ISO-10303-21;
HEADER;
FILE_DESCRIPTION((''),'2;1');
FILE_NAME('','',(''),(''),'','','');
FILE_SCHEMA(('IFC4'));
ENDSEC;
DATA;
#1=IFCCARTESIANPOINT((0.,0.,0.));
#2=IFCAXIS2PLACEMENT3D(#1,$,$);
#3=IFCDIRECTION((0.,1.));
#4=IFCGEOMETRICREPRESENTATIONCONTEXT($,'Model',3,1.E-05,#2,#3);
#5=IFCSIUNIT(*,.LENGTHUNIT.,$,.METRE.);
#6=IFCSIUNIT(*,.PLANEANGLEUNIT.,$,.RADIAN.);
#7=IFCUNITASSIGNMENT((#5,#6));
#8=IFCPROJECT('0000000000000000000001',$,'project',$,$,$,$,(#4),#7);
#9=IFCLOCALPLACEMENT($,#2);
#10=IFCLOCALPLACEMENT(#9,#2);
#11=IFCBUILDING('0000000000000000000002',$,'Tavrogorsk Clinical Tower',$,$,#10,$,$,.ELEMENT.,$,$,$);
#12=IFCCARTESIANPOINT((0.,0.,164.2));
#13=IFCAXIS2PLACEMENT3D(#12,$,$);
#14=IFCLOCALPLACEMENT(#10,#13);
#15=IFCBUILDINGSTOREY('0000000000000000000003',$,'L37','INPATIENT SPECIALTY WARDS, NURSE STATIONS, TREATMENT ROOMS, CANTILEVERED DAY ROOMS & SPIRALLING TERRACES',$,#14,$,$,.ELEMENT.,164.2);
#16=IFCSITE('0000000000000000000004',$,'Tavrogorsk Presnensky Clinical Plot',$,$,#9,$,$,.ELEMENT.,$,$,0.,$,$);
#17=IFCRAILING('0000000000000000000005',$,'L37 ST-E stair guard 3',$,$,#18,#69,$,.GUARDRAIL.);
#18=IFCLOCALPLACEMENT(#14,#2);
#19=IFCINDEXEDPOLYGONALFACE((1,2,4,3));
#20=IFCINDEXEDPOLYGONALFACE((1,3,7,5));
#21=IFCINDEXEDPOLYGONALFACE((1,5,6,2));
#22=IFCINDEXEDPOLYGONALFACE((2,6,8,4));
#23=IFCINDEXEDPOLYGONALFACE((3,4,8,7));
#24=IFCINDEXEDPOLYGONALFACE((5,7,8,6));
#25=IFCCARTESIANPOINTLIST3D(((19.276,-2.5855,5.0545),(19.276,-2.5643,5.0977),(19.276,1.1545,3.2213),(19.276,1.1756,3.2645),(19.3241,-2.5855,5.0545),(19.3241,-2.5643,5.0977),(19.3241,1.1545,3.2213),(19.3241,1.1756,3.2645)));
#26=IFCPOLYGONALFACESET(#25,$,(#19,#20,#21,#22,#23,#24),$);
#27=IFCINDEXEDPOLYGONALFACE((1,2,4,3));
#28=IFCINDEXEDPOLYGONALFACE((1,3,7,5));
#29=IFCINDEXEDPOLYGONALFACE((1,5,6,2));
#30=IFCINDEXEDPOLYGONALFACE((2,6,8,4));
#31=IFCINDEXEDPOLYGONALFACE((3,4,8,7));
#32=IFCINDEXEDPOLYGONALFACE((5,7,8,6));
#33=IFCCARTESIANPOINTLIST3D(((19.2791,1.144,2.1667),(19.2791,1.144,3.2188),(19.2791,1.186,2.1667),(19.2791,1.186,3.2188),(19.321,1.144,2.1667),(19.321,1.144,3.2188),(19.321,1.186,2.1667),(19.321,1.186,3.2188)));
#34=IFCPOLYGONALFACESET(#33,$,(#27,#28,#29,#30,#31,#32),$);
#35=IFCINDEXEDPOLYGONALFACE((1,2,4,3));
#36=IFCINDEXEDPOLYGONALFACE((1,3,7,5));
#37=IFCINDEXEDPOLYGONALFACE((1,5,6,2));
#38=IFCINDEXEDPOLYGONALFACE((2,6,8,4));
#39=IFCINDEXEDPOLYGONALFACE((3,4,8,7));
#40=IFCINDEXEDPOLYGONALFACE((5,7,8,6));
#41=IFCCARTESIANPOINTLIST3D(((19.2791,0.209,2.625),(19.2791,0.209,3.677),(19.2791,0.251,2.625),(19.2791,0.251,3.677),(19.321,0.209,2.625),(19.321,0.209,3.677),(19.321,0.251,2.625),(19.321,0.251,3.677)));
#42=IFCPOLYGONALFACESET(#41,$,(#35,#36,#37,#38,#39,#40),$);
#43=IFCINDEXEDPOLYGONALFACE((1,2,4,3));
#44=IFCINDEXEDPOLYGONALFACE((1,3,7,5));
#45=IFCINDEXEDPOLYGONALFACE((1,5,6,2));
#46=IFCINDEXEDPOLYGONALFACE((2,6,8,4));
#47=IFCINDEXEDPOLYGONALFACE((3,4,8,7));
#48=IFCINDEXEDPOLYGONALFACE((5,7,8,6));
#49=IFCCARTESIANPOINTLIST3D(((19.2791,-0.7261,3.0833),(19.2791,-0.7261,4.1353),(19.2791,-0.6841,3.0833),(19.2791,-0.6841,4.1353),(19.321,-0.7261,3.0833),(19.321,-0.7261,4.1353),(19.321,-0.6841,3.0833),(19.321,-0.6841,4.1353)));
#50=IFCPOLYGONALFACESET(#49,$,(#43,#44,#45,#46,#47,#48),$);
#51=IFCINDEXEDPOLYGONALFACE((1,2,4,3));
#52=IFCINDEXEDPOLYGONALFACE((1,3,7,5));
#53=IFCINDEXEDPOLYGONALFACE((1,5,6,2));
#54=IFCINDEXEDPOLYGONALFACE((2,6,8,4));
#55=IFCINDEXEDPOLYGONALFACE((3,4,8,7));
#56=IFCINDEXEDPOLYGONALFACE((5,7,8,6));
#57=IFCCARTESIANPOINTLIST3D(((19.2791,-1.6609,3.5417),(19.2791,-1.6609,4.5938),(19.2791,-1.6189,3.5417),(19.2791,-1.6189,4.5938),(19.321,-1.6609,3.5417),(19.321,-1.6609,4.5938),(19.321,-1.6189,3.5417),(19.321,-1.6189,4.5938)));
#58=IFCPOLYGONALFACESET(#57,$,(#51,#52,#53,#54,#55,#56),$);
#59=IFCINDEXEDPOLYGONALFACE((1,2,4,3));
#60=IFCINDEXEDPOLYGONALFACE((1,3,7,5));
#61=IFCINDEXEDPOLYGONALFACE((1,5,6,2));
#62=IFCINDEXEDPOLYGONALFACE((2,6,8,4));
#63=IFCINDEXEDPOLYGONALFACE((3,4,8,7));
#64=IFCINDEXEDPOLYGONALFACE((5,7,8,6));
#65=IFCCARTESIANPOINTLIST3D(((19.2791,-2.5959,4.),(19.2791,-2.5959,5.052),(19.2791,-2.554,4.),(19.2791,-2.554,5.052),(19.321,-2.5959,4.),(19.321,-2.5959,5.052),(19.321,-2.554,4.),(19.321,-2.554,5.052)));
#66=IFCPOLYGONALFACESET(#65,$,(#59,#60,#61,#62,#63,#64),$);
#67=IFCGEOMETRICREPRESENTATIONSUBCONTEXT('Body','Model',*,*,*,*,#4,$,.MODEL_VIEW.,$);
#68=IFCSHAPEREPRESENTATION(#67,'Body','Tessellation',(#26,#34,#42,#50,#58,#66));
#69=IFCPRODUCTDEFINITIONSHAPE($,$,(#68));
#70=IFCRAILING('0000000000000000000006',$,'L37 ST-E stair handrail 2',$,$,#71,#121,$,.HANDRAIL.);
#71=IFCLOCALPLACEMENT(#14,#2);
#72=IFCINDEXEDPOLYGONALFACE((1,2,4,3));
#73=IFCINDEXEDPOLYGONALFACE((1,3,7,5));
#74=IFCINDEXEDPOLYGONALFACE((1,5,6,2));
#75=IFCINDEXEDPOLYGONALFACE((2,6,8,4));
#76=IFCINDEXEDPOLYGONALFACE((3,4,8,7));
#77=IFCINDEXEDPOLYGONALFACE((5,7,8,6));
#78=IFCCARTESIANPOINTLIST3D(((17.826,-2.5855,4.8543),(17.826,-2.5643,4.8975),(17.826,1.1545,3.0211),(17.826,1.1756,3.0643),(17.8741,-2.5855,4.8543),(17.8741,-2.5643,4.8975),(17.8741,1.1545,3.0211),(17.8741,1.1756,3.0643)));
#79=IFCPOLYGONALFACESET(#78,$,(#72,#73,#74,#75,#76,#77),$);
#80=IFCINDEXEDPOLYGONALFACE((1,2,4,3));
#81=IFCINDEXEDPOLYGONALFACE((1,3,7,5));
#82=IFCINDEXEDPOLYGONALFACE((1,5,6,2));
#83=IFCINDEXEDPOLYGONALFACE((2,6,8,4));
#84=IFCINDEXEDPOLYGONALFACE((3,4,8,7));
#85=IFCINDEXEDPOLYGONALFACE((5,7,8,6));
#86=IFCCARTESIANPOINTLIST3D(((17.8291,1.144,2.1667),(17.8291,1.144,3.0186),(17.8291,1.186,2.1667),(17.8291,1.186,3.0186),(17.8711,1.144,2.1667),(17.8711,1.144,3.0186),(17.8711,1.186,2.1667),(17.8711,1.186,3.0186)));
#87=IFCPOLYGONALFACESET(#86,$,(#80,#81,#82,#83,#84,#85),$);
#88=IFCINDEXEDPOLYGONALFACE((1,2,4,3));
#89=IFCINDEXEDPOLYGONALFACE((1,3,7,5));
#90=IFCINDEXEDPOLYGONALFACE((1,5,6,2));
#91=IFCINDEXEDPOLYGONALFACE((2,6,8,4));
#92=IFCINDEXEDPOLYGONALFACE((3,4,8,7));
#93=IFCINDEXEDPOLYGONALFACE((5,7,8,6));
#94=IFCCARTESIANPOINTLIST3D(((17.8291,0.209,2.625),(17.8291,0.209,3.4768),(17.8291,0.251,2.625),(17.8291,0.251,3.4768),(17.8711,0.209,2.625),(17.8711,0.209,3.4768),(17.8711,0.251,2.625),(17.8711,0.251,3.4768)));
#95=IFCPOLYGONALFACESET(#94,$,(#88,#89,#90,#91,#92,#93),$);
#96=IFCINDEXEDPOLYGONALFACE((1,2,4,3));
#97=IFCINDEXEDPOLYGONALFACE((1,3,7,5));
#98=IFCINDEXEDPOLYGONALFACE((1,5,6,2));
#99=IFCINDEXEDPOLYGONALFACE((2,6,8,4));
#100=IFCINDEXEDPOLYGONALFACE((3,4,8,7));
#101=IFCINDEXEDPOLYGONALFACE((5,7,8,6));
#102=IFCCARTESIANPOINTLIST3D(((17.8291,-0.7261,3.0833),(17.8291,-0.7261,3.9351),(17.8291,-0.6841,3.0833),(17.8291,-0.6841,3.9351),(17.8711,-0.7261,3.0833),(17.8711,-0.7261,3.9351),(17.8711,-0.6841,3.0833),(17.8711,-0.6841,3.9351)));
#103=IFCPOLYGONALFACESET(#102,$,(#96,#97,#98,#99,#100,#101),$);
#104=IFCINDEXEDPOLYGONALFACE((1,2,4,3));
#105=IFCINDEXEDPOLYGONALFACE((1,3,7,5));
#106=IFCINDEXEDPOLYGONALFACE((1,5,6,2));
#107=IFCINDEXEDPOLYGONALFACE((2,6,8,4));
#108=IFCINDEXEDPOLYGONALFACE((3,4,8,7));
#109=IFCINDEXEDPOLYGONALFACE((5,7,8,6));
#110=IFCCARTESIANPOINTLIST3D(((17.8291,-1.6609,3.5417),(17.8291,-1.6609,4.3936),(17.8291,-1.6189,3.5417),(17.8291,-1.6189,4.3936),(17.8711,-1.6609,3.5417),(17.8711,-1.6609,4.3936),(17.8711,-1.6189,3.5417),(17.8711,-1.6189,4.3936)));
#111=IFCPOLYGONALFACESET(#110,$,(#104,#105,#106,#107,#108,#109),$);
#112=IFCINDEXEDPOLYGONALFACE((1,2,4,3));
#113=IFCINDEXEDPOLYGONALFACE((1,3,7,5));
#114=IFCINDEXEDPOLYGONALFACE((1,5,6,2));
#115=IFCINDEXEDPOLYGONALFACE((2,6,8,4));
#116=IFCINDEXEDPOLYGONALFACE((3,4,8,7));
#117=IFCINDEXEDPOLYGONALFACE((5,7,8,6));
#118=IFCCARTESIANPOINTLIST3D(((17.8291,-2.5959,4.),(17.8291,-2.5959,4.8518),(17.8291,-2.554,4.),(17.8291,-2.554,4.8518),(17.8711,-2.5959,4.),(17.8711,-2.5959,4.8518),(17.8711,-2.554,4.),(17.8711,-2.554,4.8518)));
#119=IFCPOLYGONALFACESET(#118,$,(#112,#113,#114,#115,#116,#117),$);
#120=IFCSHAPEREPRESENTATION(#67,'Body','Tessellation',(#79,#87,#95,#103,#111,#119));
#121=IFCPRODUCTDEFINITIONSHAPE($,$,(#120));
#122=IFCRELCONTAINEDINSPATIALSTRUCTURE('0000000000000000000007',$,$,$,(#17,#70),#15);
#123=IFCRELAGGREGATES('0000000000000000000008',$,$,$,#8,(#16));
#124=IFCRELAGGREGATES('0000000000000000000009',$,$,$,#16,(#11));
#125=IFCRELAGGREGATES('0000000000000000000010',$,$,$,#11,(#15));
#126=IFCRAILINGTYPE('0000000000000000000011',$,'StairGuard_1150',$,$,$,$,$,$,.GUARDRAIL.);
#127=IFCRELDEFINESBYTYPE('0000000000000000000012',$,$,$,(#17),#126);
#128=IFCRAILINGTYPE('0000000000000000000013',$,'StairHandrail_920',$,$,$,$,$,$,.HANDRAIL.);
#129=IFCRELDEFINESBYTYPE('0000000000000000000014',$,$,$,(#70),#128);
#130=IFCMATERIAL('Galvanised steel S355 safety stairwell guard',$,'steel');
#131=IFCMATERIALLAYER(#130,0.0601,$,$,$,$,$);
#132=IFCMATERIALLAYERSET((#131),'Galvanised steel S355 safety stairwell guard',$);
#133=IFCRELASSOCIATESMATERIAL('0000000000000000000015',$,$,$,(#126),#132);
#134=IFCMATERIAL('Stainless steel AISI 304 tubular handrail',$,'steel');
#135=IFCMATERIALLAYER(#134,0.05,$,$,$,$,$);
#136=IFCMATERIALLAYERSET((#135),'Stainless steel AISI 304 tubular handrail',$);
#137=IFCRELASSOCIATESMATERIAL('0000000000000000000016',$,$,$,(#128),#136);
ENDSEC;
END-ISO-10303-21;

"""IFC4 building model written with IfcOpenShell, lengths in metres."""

from ifc_helpers import new_model, si_unit, direction, frame, origin, origin_2d, place, context, subcontext, project, spatial, rectangle, extrude, material, layer, layer_set, type_object, element, save


model = new_model("IFC4")

# Units and contexts
model_context = context("Model", 3, precision=1e-05, world=origin(), true_north=direction((0.0, 1.0)))
body_context = subcontext(model_context, "Body", "Model", "MODEL_VIEW")
ifc_project = project(units=[si_unit("LENGTHUNIT", "METRE"), si_unit("PLANEANGLEUNIT", "RADIAN")], contexts=[model_context])

# Site, building, storey
site_placement = place(None, origin())
site = spatial("IfcSite", under=ifc_project, at=site_placement, Name="Tavrogorsk Presnensky Clinical Plot", CompositionType="ELEMENT", RefElevation=0.0)
building_placement = place(site_placement, origin())
building = spatial("IfcBuilding", under=site, at=building_placement, Name="Tavrogorsk Clinical Tower", CompositionType="ELEMENT")
storey_placement = place(building_placement, frame((0.0, 0.0, 164.2)))
storey = spatial("IfcBuildingStorey", under=building, at=storey_placement, Name="L37", Description="INPATIENT SPECIALTY WARDS, NURSE STATIONS, TREATMENT ROOMS, CANTILEVERED DAY ROOMS & SPIRALLING TERRACES", CompositionType="ELEMENT", Elevation=164.2)

# Railings
ifc_material_1 = material(Name="Galvanised steel S355 safety stairwell guard", Category="steel")
ifc_layer_1 = layer(ifc_material_1, 0.0601)
ifc_layer_set_1 = layer_set([ifc_layer_1], Name="Galvanised steel S355 safety stairwell guard")
railing_type_1 = type_object("IfcRailingType", Name="StairGuard_1150", PredefinedType="GUARDRAIL", material=ifc_layer_set_1)
railing_1_placement = place(storey_placement, frame((19.3, 1.165, 2.1667)))
element("IfcRailing", 1, at=railing_1_placement, inside=storey, type_object=railing_type_1, Name="L37 ST-E stair guard 3", PredefinedType="GUARDRAIL", context=body_context, shape_type="SweptSolid", body=[
    extrude(rectangle(XDim=0.0481, YDim=0.0481, at=origin_2d()), frame((0.0, 0.0, 1.0762), z_axis=(0.0, -0.897928, 0.440142), x_axis=(1.0, 0.0, 0.0)), (0.0, 0.0, 1.0), 4.165),
    extrude(rectangle(XDim=0.042, YDim=0.042, at=origin_2d()), origin(), (0.0, 0.0, 1.0), 1.052),
    extrude(rectangle(XDim=0.042, YDim=0.042, at=origin_2d()), frame((0.0, -0.9351, 0.4583)), (0.0, 0.0, 1.0), 1.052),
    extrude(rectangle(XDim=0.042, YDim=0.042, at=origin_2d()), frame((0.0, -1.8701, 0.9165)), (0.0, 0.0, 1.0), 1.052),
    extrude(rectangle(XDim=0.042, YDim=0.042, at=origin_2d()), frame((0.0, -2.8049, 1.375)), (0.0, 0.0, 1.0), 1.052),
    extrude(rectangle(XDim=0.042, YDim=0.042, at=origin_2d()), frame((0.0, -3.74, 1.8333)), (0.0, 0.0, 1.0), 1.052),
])
ifc_material_2 = material(Name="Stainless steel AISI 304 tubular handrail", Category="steel")
ifc_layer_2 = layer(ifc_material_2, 0.05)
ifc_layer_set_2 = layer_set([ifc_layer_2], Name="Stainless steel AISI 304 tubular handrail")
railing_type_2 = type_object("IfcRailingType", Name="StairHandrail_920", PredefinedType="HANDRAIL", material=ifc_layer_set_2)
railing_2_placement = place(storey_placement, frame((17.8501, 1.165, 2.1667)))
element("IfcRailing", 2, at=railing_2_placement, inside=storey, type_object=railing_type_2, Name="L37 ST-E stair handrail 2", PredefinedType="HANDRAIL", context=body_context, shape_type="SweptSolid", body=[
    extrude(rectangle(XDim=0.0481, YDim=0.0481, at=origin_2d()), frame((0.0, 0.0, 0.876), z_axis=(0.0, -0.897928, 0.440142), x_axis=(1.0, 0.0, 0.0)), (0.0, 0.0, 1.0), 4.165),
    extrude(rectangle(XDim=0.042, YDim=0.042, at=origin_2d()), origin(), (0.0, 0.0, 1.0), 0.8518),
    extrude(rectangle(XDim=0.042, YDim=0.042, at=origin_2d()), frame((0.0, -0.9351, 0.4583)), (0.0, 0.0, 1.0), 0.8518),
    extrude(rectangle(XDim=0.042, YDim=0.042, at=origin_2d()), frame((0.0, -1.8701, 0.9165)), (0.0, 0.0, 1.0), 0.8518),
    extrude(rectangle(XDim=0.042, YDim=0.042, at=origin_2d()), frame((0.0, -2.8049, 1.375)), (0.0, 0.0, 1.0), 0.8518),
    extrude(rectangle(XDim=0.042, YDim=0.042, at=origin_2d()), frame((0.0, -3.74, 1.8333)), (0.0, 0.0, 1.0), 0.8518),
])

save(model, "model.ifc")
